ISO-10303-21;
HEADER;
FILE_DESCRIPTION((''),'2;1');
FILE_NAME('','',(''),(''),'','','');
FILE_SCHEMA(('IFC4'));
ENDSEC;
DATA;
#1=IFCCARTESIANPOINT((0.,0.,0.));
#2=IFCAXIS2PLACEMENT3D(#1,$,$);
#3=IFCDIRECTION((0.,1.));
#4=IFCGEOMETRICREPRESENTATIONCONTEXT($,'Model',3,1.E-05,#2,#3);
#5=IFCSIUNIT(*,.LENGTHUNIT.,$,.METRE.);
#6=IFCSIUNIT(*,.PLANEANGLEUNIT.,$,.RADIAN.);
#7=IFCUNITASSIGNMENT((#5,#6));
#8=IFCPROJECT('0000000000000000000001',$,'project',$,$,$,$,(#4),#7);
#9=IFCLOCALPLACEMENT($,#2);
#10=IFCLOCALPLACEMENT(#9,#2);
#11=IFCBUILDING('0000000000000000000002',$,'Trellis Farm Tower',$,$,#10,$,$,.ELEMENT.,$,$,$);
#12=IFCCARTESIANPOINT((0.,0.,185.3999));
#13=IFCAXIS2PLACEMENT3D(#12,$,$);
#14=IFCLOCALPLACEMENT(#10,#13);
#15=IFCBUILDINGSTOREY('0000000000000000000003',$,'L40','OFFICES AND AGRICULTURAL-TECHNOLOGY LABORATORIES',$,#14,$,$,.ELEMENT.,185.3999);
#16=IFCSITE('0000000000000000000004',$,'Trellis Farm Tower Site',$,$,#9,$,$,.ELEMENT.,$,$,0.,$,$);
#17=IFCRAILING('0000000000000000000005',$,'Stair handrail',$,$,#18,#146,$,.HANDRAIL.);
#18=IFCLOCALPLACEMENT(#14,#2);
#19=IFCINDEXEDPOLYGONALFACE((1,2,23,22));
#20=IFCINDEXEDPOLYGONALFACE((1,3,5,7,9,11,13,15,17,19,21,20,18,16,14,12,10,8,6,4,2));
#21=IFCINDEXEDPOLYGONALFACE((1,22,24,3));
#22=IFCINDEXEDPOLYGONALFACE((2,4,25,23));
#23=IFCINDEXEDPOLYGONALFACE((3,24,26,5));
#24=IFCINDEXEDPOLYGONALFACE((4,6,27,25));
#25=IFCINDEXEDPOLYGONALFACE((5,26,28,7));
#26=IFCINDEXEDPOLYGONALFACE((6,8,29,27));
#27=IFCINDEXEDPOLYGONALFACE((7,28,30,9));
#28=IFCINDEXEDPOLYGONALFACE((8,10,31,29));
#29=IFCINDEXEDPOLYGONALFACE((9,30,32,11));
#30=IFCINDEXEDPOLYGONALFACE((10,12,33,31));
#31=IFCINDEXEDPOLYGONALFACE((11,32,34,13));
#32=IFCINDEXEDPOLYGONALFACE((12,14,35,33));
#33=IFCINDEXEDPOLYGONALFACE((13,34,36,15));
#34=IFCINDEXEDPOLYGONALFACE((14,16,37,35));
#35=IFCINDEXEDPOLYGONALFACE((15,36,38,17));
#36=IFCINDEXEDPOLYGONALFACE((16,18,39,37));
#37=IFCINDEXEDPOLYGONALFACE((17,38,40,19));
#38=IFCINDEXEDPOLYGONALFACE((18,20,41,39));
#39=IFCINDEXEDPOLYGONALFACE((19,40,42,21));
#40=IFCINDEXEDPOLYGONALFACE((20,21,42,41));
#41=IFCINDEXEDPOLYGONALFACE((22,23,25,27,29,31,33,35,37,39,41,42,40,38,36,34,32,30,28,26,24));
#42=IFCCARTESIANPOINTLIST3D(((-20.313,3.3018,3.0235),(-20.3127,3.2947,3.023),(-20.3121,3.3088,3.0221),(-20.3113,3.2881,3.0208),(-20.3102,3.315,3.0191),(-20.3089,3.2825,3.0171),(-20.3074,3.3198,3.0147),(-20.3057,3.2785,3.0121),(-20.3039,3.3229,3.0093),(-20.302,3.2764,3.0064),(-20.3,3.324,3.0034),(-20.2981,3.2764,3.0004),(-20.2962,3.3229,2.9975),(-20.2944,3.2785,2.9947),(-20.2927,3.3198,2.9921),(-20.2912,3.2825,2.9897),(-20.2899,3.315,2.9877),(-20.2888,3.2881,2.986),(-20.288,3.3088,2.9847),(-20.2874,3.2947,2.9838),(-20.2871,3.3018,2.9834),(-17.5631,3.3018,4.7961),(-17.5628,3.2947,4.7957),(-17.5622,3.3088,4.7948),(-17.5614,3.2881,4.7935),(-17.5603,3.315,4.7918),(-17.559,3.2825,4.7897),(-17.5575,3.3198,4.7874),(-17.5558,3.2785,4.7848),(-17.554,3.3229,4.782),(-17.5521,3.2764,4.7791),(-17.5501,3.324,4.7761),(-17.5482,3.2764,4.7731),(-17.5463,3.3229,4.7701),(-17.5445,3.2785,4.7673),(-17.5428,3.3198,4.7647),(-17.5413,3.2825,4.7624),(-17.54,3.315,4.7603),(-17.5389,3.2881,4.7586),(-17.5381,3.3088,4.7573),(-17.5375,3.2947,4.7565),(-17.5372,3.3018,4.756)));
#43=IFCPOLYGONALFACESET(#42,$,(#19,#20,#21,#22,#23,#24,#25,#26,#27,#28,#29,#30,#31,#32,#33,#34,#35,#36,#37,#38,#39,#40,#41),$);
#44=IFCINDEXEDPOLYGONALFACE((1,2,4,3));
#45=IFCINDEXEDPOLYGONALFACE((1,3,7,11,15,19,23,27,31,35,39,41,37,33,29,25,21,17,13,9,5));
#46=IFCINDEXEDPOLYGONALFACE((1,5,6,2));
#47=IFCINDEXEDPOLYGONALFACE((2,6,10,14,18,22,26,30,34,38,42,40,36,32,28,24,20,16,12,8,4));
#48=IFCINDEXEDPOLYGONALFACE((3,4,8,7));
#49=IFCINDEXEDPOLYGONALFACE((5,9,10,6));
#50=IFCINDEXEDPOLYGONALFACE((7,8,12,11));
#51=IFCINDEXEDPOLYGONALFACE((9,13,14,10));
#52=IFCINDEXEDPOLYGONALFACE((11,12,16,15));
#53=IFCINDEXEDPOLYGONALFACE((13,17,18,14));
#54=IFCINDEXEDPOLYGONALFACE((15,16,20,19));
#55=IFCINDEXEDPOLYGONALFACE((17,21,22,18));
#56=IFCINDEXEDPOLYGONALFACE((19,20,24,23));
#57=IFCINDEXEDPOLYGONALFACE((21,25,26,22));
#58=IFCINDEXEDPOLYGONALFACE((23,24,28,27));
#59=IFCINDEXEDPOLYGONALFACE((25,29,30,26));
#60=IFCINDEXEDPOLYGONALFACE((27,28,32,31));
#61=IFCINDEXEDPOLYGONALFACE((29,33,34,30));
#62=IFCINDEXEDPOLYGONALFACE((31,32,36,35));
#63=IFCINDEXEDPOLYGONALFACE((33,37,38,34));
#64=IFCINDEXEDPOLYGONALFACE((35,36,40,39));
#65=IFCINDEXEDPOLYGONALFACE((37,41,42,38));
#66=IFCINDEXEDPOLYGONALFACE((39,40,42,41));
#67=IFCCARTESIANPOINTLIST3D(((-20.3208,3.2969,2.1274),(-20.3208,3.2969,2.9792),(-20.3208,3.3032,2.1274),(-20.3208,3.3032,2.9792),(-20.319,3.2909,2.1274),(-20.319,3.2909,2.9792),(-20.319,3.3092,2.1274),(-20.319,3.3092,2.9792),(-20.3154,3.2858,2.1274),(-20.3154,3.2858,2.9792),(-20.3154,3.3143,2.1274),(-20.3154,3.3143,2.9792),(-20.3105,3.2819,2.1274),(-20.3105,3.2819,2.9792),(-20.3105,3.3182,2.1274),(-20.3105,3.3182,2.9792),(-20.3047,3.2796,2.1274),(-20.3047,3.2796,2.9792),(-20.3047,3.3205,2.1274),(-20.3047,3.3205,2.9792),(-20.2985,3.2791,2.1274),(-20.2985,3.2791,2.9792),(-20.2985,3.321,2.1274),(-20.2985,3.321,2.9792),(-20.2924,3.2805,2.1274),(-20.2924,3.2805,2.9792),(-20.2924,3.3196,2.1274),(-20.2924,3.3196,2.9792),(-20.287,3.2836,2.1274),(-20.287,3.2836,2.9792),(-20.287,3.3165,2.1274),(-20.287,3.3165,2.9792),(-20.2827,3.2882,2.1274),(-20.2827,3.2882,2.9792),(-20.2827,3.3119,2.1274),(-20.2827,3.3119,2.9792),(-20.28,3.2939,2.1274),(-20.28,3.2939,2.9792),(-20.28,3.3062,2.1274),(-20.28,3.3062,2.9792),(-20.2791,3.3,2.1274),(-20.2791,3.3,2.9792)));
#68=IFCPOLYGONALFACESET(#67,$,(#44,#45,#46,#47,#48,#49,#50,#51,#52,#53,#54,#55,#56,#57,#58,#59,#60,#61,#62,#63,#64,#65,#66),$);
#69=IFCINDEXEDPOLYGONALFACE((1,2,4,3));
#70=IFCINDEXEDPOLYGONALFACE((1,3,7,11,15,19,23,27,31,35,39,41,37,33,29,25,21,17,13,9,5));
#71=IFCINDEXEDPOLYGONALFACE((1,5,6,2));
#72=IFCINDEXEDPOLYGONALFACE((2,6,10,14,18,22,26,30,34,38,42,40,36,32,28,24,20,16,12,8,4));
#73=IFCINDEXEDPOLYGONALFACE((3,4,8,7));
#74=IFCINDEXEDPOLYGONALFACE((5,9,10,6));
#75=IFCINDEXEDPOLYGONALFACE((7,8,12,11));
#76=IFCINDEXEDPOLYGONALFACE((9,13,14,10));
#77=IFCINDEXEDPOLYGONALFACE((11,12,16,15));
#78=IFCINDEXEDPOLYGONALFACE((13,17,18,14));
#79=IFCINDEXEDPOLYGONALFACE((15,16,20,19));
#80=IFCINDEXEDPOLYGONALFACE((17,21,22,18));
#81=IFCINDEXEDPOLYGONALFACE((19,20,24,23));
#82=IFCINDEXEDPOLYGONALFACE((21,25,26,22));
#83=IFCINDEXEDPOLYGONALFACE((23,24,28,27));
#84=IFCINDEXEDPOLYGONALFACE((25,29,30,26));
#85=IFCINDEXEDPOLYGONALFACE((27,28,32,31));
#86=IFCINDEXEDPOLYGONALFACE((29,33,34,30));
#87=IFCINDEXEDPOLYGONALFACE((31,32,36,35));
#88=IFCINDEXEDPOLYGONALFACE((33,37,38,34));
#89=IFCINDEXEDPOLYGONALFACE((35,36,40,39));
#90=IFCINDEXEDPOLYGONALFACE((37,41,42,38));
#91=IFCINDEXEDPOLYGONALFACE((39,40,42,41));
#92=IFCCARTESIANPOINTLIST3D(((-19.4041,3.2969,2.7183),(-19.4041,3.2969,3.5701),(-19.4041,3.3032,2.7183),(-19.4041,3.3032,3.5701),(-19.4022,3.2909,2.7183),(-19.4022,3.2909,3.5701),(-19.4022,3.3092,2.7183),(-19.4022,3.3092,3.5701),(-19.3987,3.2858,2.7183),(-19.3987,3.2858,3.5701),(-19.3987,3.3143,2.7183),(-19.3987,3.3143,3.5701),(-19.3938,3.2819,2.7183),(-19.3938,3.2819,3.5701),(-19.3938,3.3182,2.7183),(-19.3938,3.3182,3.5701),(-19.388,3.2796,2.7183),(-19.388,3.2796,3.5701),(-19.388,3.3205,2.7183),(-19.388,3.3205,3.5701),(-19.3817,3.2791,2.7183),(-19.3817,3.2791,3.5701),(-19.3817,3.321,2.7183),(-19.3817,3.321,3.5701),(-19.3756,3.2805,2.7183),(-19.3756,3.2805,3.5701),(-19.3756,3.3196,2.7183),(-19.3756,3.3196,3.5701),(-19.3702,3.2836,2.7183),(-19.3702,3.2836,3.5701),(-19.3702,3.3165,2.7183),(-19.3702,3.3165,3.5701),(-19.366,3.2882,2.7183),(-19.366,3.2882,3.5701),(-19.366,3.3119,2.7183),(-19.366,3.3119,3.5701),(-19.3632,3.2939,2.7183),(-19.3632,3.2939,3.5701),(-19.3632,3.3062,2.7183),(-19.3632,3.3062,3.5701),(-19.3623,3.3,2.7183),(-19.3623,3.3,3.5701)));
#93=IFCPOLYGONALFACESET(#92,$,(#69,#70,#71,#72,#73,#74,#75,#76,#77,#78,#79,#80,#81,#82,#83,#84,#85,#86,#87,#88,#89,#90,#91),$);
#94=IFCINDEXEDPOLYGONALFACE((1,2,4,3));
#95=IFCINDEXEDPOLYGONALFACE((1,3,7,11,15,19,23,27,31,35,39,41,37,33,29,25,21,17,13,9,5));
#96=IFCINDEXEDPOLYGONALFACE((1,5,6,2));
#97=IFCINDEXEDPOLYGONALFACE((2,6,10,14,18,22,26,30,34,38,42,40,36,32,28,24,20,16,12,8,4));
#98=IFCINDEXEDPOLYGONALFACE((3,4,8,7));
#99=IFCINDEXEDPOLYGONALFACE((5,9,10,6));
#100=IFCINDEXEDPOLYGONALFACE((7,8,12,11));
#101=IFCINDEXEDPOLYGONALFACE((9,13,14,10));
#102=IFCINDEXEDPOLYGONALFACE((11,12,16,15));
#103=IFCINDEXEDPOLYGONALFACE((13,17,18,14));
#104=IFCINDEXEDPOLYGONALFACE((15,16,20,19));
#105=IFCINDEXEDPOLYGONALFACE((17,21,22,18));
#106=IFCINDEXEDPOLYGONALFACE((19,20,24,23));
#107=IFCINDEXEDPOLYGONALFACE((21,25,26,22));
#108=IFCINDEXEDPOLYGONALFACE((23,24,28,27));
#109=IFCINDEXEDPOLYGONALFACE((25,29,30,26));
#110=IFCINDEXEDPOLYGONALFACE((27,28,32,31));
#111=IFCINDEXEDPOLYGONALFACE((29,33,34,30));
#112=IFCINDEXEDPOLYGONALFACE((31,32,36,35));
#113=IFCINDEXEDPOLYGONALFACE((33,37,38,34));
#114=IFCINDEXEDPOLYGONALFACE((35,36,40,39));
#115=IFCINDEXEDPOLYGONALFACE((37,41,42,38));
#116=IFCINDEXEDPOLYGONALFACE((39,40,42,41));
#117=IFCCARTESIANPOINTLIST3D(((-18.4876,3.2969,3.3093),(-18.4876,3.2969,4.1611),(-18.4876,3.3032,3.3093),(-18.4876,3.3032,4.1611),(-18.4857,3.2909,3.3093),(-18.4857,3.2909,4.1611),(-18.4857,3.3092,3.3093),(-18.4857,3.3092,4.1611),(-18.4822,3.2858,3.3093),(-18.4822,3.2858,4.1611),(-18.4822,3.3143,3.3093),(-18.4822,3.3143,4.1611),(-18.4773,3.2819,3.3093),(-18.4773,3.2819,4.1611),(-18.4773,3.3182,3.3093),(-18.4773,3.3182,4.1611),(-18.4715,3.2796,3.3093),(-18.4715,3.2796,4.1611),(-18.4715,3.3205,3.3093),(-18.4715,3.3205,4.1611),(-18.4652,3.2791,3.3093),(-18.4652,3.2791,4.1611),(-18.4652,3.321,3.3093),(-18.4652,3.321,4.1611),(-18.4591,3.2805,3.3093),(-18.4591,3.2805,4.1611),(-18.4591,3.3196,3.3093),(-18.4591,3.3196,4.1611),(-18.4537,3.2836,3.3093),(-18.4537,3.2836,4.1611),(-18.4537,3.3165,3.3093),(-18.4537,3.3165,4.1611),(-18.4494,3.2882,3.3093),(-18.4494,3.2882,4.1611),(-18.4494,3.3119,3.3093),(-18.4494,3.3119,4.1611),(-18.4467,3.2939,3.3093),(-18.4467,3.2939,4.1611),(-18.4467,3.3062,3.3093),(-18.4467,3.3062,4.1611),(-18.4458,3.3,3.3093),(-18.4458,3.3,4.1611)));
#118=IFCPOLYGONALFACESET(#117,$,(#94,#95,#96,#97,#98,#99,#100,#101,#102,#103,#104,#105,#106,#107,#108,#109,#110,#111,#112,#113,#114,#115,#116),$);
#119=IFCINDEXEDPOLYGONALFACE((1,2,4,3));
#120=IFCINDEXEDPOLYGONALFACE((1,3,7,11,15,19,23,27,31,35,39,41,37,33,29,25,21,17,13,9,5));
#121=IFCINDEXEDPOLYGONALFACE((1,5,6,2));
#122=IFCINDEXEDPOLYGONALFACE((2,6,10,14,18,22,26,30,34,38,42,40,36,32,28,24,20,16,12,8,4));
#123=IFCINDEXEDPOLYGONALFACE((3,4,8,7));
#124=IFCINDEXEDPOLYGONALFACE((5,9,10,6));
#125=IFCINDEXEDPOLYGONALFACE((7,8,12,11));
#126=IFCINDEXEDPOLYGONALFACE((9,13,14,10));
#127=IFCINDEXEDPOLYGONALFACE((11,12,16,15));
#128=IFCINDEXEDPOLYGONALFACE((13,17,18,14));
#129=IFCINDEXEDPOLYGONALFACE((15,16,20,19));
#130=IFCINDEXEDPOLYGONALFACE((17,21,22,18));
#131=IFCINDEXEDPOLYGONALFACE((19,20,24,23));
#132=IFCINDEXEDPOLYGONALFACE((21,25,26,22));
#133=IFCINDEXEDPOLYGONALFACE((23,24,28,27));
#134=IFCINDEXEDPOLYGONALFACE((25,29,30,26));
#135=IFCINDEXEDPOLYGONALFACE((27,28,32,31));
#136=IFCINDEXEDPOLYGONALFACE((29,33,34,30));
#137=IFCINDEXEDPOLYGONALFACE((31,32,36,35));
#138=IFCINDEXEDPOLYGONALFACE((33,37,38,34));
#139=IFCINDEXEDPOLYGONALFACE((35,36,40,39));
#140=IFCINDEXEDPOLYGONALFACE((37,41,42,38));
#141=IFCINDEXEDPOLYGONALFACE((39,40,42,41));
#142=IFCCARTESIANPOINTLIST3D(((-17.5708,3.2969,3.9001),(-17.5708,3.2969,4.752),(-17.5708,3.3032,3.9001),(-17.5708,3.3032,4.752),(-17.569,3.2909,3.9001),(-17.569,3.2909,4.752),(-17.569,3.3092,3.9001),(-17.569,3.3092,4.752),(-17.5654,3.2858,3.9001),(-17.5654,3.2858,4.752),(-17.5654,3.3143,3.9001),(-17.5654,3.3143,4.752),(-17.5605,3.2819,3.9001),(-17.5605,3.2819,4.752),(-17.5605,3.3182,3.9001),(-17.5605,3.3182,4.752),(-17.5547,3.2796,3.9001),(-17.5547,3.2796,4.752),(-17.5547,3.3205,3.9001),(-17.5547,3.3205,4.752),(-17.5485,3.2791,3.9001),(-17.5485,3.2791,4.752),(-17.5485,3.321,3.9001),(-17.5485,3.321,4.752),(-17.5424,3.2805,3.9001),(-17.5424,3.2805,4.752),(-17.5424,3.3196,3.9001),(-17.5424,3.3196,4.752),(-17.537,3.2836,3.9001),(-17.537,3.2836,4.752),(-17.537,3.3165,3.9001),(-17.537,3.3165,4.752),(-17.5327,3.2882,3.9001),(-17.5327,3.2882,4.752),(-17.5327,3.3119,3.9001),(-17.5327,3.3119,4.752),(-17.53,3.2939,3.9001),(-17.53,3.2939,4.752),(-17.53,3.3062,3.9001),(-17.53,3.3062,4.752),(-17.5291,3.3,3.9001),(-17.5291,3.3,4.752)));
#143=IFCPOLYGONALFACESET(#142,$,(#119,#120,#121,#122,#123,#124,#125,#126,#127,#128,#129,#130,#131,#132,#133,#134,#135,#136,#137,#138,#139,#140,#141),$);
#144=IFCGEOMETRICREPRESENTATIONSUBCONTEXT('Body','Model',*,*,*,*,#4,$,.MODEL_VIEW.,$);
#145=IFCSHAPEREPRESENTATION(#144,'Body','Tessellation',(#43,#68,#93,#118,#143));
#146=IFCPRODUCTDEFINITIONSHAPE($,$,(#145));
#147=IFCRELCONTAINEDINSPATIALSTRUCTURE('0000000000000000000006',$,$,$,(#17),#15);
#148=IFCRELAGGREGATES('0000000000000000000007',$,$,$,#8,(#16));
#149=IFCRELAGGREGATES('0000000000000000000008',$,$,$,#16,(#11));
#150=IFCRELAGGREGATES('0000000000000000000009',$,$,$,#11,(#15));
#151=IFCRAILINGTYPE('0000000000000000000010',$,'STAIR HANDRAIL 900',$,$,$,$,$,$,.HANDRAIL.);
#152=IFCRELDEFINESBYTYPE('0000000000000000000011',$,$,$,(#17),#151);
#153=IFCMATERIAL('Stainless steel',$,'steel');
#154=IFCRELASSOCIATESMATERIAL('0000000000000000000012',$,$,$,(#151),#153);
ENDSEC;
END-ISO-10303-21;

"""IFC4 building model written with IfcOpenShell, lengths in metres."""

from ifc_helpers import new_model, si_unit, direction, frame, origin, origin_2d, place, context, subcontext, project, spatial, circle, extrude, source, transform, mapped, material, type_object, element, save


model = new_model("IFC4")

# Units and contexts
model_context = context("Model", 3, precision=1e-05, world=origin(), true_north=direction((0.0, 1.0)))
body_context = subcontext(model_context, "Body", "Model", "MODEL_VIEW")
ifc_project = project(units=[si_unit("LENGTHUNIT", "METRE"), si_unit("PLANEANGLEUNIT", "RADIAN")], contexts=[model_context])

# Site, building, storey
site_placement = place(None, origin())
site = spatial("IfcSite", under=ifc_project, at=site_placement, Name="Trellis Farm Tower Site", CompositionType="ELEMENT", RefElevation=0.0)
building_placement = place(site_placement, origin())
building = spatial("IfcBuilding", under=site, at=building_placement, Name="Trellis Farm Tower", CompositionType="ELEMENT")
storey_placement = place(building_placement, frame((0.0, 0.0, 185.3999)))
storey = spatial("IfcBuildingStorey", under=building, at=storey_placement, Name="L40", Description="OFFICES AND AGRICULTURAL-TECHNOLOGY LABORATORIES", CompositionType="ELEMENT", Elevation=185.3999)

# Railing
ifc_material_1 = material(Name="Stainless steel", Category="steel")
railing_type = type_object("IfcRailingType", Name="STAIR HANDRAIL 900", PredefinedType="HANDRAIL", material=ifc_material_1)
shared_shape_1 = source(origin(), body_context, "Body", "SweptSolid", [
    extrude(circle(Radius=0.0239, at=origin_2d()), frame((0.0, 0.0, 0.876), z_axis=(0.840504, 0.0, 0.541806), x_axis=(0.0, 1.0, 0.0)), (0.0, 0.0, 1.0), 3.2717),
    extrude(circle(Radius=0.021, at=origin_2d()), origin(), (0.0, 0.0, 1.0), 0.8518),
    extrude(circle(Radius=0.021, at=origin_2d()), frame((0.9167, 0.0, 0.5908)), (0.0, 0.0, 1.0), 0.8518),
    extrude(circle(Radius=0.021, at=origin_2d()), frame((1.8333, 0.0, 1.1819)), (0.0, 0.0, 1.0), 0.8518),
    extrude(circle(Radius=0.021, at=origin_2d()), frame((2.75, 0.0, 1.7727)), (0.0, 0.0, 1.0), 0.8518),
])
for number, where, name in (
    (1, (-20.3, 3.3, 2.1274), "Stair handrail"),
):
    element("IfcRailing", number, at=place(storey_placement, frame(where)), inside=storey, type_object=railing_type, Name=name, PredefinedType="HANDRAIL", context=body_context, shape_type="MappedRepresentation", body=[
        mapped(shared_shape_1, transform((0.0, 0.0, 0.0))),
    ])

save(model, "model.ifc")
